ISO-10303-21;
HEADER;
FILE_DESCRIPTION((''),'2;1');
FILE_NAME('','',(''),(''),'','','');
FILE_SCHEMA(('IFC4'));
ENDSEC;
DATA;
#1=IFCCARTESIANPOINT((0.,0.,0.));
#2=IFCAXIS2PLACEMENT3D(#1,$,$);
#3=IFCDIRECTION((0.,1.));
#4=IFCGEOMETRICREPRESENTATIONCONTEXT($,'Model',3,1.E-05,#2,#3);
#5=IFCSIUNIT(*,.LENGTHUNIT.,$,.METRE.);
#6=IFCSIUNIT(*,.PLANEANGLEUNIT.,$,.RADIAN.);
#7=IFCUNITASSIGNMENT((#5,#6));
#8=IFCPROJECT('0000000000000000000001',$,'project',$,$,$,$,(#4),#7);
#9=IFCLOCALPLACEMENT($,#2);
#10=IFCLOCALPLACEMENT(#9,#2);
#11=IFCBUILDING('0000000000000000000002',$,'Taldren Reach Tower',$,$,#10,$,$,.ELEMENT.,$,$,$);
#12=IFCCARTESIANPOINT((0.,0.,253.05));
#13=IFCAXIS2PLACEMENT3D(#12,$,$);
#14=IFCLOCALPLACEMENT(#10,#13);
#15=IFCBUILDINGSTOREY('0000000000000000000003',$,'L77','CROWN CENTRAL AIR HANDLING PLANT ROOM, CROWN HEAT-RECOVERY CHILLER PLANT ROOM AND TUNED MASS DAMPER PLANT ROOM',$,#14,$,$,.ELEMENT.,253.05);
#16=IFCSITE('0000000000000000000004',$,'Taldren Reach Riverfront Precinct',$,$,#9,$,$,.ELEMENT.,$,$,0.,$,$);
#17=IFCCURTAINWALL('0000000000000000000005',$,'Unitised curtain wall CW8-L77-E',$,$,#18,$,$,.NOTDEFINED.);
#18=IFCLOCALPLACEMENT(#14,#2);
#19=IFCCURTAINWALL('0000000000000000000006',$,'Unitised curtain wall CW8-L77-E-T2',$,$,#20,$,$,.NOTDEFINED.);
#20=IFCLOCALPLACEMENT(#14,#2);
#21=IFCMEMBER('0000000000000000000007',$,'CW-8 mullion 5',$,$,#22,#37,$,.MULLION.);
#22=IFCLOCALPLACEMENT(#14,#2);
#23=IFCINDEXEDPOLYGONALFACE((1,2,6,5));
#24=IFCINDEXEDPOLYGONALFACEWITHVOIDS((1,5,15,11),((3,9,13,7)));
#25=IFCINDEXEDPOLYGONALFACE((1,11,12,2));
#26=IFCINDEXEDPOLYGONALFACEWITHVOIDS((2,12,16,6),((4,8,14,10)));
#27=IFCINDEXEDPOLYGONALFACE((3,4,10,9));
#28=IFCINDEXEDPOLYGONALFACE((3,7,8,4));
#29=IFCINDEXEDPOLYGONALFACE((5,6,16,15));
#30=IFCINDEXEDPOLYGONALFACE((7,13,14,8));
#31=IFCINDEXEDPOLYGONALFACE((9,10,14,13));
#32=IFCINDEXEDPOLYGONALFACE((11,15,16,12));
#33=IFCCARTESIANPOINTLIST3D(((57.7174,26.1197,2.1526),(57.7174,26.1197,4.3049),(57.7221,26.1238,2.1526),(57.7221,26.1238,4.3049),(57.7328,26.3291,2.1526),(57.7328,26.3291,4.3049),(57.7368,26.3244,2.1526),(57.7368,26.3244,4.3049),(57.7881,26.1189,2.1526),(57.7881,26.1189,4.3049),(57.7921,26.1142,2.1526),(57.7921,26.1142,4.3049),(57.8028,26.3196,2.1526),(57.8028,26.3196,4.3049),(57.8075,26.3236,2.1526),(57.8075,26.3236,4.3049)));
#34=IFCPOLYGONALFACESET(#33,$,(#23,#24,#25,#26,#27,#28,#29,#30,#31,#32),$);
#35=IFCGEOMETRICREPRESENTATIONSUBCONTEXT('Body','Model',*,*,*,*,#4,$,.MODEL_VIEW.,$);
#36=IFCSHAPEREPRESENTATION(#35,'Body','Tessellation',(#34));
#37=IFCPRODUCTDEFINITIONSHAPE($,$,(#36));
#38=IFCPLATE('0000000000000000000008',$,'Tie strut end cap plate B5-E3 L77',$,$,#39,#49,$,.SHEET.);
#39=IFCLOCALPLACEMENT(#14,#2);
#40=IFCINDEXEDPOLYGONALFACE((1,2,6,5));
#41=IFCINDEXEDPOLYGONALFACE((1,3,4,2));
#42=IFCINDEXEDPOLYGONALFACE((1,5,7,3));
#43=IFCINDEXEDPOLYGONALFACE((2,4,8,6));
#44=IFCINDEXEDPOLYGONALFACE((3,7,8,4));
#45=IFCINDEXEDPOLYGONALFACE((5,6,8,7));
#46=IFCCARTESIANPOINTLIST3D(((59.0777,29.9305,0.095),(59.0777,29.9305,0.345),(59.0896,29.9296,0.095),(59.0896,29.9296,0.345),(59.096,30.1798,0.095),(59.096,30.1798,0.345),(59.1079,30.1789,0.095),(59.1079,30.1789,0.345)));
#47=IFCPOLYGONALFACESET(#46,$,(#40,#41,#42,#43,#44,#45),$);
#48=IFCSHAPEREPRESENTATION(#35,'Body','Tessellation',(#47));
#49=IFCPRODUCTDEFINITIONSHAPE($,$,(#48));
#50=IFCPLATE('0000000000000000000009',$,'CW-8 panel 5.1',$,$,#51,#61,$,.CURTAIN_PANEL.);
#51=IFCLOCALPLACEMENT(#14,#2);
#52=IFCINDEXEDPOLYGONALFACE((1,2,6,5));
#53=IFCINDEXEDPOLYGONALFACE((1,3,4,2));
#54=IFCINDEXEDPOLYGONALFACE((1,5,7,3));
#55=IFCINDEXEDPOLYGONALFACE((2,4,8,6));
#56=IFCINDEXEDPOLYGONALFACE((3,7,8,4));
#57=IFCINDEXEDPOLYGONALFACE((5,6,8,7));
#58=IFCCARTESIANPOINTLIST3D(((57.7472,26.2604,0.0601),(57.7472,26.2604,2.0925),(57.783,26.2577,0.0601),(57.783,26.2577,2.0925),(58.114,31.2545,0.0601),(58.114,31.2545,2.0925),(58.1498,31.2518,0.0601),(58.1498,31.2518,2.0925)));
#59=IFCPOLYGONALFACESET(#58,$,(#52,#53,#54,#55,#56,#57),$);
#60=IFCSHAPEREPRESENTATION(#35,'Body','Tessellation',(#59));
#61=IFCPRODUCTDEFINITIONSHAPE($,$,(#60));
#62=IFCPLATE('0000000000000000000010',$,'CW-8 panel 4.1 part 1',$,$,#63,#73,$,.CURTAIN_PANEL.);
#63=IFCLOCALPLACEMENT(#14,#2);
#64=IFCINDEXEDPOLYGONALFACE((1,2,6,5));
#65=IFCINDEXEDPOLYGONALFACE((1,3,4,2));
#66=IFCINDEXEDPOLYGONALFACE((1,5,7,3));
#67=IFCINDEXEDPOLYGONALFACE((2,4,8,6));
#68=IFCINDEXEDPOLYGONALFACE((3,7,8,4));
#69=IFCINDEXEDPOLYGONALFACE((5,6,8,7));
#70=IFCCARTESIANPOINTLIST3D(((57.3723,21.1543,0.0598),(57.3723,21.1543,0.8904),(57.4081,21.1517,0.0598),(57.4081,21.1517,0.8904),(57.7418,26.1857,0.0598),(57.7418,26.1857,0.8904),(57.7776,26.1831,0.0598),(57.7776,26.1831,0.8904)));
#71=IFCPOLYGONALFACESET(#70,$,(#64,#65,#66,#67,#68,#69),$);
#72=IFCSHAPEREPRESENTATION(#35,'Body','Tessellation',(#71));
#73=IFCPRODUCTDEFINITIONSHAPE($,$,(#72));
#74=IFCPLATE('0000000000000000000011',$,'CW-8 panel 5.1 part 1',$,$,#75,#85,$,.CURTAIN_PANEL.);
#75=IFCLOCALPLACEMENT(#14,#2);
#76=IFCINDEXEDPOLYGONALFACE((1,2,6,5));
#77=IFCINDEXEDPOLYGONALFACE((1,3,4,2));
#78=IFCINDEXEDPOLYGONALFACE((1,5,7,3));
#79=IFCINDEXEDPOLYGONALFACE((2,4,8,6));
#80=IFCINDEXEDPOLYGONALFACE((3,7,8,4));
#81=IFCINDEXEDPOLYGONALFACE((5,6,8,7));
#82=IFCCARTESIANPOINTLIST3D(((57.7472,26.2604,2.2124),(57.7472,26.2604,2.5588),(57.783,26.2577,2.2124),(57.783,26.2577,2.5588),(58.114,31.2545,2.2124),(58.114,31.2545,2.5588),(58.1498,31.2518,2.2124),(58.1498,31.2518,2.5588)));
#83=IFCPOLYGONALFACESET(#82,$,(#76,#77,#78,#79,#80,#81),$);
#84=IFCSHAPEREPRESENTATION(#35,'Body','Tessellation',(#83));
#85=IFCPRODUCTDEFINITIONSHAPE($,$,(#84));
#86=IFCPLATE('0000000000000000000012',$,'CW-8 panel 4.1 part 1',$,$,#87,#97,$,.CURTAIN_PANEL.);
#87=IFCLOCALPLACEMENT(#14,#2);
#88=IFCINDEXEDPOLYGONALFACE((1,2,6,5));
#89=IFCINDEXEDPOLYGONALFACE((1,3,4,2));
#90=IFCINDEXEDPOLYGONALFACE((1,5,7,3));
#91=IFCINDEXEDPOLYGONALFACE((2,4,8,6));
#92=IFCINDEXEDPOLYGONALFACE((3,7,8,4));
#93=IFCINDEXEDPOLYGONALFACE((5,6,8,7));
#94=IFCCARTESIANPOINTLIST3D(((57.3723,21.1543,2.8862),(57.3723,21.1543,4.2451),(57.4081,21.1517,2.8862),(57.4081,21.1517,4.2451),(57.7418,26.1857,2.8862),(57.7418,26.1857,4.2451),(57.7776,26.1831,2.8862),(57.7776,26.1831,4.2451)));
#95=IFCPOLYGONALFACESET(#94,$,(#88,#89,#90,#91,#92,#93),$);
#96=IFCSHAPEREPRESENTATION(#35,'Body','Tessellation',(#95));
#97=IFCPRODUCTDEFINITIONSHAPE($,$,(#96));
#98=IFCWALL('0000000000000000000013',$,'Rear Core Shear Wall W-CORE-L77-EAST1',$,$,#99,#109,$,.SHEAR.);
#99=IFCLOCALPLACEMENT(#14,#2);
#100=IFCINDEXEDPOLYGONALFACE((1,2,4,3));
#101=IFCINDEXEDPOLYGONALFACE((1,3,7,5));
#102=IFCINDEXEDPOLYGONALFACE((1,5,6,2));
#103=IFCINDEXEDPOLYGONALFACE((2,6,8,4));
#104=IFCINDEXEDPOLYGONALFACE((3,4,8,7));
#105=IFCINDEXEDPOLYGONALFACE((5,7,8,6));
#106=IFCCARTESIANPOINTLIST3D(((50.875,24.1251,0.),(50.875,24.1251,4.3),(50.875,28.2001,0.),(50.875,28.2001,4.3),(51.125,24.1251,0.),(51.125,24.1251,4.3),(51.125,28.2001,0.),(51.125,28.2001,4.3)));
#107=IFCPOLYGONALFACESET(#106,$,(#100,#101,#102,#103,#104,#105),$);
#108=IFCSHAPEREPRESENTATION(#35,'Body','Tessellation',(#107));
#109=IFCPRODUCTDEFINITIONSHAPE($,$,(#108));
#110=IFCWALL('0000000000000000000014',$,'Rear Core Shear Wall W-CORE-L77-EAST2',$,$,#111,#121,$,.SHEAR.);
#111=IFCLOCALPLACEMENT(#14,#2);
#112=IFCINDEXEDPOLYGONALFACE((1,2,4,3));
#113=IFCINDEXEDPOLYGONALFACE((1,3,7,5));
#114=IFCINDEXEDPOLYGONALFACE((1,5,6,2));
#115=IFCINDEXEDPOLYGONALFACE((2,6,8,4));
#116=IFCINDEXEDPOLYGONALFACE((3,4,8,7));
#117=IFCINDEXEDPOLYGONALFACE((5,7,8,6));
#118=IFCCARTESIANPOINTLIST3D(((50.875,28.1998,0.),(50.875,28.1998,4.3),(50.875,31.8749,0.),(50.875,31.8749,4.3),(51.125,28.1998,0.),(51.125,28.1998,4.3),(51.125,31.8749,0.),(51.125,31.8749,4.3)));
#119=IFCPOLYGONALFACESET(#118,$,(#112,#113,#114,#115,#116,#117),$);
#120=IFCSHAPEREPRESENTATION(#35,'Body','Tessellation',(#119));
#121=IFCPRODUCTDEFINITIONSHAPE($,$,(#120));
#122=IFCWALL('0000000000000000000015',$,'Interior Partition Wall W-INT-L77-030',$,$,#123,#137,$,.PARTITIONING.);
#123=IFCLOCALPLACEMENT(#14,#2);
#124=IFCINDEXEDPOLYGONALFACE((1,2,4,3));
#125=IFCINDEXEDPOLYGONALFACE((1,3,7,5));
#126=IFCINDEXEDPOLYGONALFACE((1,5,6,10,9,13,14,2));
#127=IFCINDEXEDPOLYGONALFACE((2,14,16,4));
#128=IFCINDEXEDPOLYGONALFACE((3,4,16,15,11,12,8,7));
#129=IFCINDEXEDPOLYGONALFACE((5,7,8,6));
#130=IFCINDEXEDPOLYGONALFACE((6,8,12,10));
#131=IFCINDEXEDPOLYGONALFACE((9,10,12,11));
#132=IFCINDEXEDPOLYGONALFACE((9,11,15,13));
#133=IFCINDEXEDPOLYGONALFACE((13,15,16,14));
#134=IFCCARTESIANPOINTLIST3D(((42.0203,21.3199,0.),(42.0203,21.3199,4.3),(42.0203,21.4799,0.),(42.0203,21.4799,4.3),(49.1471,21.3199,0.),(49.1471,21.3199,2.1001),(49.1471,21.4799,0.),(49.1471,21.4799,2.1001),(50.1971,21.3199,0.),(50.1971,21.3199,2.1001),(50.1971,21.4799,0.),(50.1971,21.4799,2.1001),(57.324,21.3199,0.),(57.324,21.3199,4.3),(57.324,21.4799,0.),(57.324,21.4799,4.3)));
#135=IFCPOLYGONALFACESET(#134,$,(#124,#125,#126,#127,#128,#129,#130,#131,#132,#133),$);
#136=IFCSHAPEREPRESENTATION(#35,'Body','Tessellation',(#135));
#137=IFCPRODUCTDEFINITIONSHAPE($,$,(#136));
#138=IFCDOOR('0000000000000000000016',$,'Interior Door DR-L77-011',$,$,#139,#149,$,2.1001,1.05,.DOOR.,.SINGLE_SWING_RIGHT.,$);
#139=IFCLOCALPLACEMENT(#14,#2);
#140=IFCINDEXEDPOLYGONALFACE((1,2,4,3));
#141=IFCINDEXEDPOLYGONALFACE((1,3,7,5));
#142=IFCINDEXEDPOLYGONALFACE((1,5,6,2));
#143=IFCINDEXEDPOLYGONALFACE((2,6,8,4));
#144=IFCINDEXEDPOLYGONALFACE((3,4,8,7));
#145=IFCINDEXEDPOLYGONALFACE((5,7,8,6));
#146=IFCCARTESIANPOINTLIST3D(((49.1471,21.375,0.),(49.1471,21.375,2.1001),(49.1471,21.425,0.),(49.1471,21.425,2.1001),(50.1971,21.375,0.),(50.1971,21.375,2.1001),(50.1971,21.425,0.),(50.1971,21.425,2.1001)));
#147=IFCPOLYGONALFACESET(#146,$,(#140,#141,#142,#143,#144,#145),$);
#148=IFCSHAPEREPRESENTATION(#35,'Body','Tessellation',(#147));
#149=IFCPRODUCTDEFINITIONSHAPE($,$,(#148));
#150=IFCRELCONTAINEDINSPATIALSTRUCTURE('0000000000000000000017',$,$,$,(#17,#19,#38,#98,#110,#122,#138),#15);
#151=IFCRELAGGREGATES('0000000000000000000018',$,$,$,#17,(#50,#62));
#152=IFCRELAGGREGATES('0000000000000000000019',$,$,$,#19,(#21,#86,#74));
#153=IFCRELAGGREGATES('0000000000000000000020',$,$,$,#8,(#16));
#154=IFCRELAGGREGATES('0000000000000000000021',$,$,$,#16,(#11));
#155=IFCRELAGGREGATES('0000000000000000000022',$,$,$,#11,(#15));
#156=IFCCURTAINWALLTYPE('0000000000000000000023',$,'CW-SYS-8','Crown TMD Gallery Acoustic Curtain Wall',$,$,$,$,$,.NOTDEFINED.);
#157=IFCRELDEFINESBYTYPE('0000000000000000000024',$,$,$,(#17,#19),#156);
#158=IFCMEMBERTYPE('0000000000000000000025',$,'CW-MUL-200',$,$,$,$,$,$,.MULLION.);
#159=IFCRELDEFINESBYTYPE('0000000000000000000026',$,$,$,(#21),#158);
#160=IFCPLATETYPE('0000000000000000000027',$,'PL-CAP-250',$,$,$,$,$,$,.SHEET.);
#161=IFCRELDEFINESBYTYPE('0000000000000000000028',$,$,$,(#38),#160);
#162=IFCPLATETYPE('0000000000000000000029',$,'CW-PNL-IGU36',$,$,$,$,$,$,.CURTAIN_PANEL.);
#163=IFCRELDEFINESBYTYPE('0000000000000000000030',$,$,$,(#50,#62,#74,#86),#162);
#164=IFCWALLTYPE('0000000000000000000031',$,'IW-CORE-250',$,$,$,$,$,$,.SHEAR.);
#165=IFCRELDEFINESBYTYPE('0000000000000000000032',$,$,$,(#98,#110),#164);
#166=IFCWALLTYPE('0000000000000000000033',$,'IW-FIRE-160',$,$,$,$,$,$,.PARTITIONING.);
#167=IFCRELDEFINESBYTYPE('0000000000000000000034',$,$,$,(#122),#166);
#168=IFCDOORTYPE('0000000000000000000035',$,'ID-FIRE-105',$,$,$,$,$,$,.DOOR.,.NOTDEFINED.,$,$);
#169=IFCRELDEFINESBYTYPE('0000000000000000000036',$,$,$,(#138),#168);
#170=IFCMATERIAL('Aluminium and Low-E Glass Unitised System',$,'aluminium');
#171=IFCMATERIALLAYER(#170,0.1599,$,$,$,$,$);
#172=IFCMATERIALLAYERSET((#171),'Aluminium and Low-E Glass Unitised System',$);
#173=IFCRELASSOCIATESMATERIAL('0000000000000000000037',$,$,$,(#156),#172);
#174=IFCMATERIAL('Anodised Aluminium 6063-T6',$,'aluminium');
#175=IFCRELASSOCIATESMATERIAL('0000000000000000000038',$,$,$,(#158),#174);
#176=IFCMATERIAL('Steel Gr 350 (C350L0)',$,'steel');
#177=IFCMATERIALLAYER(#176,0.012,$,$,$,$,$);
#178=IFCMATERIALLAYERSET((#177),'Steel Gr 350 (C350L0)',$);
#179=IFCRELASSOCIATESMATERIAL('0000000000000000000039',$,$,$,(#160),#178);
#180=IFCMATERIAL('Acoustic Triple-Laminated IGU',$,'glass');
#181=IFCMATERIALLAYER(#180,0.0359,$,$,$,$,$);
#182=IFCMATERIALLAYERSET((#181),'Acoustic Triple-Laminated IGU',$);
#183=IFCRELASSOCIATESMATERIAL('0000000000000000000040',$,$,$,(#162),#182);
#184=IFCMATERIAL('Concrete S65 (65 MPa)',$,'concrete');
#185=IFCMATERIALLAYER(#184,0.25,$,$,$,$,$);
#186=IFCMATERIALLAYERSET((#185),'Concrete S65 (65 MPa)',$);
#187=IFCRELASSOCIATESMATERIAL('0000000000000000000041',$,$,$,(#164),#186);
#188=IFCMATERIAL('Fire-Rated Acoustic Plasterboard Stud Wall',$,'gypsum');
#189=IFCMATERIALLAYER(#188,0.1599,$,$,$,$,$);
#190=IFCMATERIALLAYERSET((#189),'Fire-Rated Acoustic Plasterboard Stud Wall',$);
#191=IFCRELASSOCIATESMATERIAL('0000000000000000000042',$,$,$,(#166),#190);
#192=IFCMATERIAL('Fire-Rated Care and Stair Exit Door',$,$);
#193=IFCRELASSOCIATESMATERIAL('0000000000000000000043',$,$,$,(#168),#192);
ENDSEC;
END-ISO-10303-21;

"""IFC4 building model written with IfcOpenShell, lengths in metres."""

from ifc_helpers import new_model, si_unit, direction, frame, frame_2d, origin, origin_2d, place, context, subcontext, project, spatial, rectangle, hollow_rectangle, extrude, source, transform, mapped, material, layer, layer_set, material_profile, profile_set, type_object, element, fill, aggregate, save


model = new_model("IFC4")

# Units and contexts
model_context = context("Model", 3, precision=1e-05, world=origin(), true_north=direction((0.0, 1.0)))
body_context = subcontext(model_context, "Body", "Model", "MODEL_VIEW")
ifc_project = project(units=[si_unit("LENGTHUNIT", "METRE"), si_unit("PLANEANGLEUNIT", "RADIAN")], contexts=[model_context])

# Site, building, storey
site_placement = place(None, origin())
site = spatial("IfcSite", under=ifc_project, at=site_placement, Name="Taldren Reach Riverfront Precinct", CompositionType="ELEMENT", RefElevation=0.0)
building_placement = place(site_placement, origin())
building = spatial("IfcBuilding", under=site, at=building_placement, Name="Taldren Reach Tower", CompositionType="ELEMENT")
storey_placement = place(building_placement, frame((0.0, 0.0, 253.05)))
storey = spatial("IfcBuildingStorey", under=building, at=storey_placement, Name="L77", Description="CROWN CENTRAL AIR HANDLING PLANT ROOM, CROWN HEAT-RECOVERY CHILLER PLANT ROOM AND TUNED MASS DAMPER PLANT ROOM", CompositionType="ELEMENT", Elevation=253.05)

# Shared definitions
ifc_material_1 = material(Name="Steel Gr 350 (C350L0)", Category="steel")

# Curtain walls
ifc_material_2 = material(Name="Aluminium and Low-E Glass Unitised System", Category="aluminium")
ifc_layer_1 = layer(ifc_material_2, 0.1599)
ifc_layer_set_1 = layer_set([ifc_layer_1], Name="Aluminium and Low-E Glass Unitised System")
curtain_wall_type = type_object("IfcCurtainWallType", Name="CW-SYS-8", Description="Crown TMD Gallery Acoustic Curtain Wall", PredefinedType="NOTDEFINED", material=ifc_layer_set_1)
curtain_wall_1_placement = place(storey_placement, origin())
curtain_wall_1 = element("IfcCurtainWall", 1, at=curtain_wall_1_placement, inside=storey, type_object=curtain_wall_type, Name="Unitised curtain wall CW8-L77-E", PredefinedType="NOTDEFINED")
ifc_material_3 = material(Name="Anodised Aluminium 6063-T6", Category="aluminium")
ifc_material_profile_1 = material_profile(ifc_material_3, hollow_rectangle(XDim=0.075, YDim=0.21, WallThickness=0.0044, at=origin_2d()), Name="ALU-210x75x4.5RHS")
ifc_profile_set_1 = profile_set([ifc_material_profile_1], Name="Anodised Aluminium 6063-T6")
member_type_1 = type_object("IfcMemberType", Name="CW-MUL-200", PredefinedType="MULLION", material=ifc_profile_set_1)
curtain_wall_2_placement = place(storey_placement, origin())
curtain_wall_2 = element("IfcCurtainWall", 2, at=curtain_wall_2_placement, inside=storey, type_object=curtain_wall_type, Name="Unitised curtain wall CW8-L77-E-T2", PredefinedType="NOTDEFINED")

# Member
shared_shape_1 = source(origin(), body_context, "Body", "SweptSolid", [
    extrude(hollow_rectangle(XDim=0.075, YDim=0.21, WallThickness=0.0044, at=origin_2d()), origin(), (0.0, 0.0, 1.0), 2.1523),
])
member_1_placement = place(storey_placement, frame((57.7625, 26.2217, 2.1526), z_axis=(0.0, 0.0, 1.0), x_axis=(-0.997314, 0.073238, 0.0)))
member_1 = element("IfcMember", 3, at=member_1_placement, type_object=member_type_1, Name="CW-8 mullion 5", PredefinedType="MULLION", context=body_context, shape_type="MappedRepresentation", body=[
    mapped(shared_shape_1, transform((0.0, 0.0, 0.0), scale=1.0)),
])

# Plates
ifc_layer_2 = layer(ifc_material_1, 0.012)
ifc_layer_set_2 = layer_set([ifc_layer_2], Name="Steel Gr 350 (C350L0)")
plate_type_1 = type_object("IfcPlateType", Name="PL-CAP-250", PredefinedType="SHEET", material=ifc_layer_set_2)
shared_shape_2 = source(origin(), body_context, "Body", "SweptSolid", [
    extrude(rectangle(XDim=0.012, YDim=0.25, at=origin_2d()), origin(), (0.0, 0.0, 1.0), 0.25),
])
plate_1_placement = place(storey_placement, frame((59.0928, 30.0547, 0.095), z_axis=(0.0, 0.0, 1.0), x_axis=(0.997314, -0.073238, 0.0)))
element("IfcPlate", 4, at=plate_1_placement, inside=storey, type_object=plate_type_1, Name="Tie strut end cap plate B5-E3 L77", PredefinedType="SHEET", context=body_context, shape_type="MappedRepresentation", body=[
    mapped(shared_shape_2, transform((0.0, 0.0, 0.0), scale=1.0)),
])
ifc_material_4 = material(Name="Acoustic Triple-Laminated IGU", Category="glass")
ifc_layer_3 = layer(ifc_material_4, 0.0359)
ifc_layer_set_3 = layer_set([ifc_layer_3], Name="Acoustic Triple-Laminated IGU")
plate_type_2 = type_object("IfcPlateType", Name="CW-PNL-IGU36", PredefinedType="CURTAIN_PANEL", material=ifc_layer_set_3)
shared_shape_3 = source(origin(), body_context, "Body", "SweptSolid", [
    extrude(rectangle(XDim=5.0076, YDim=0.0359, at=origin_2d()), origin(), (0.0, 0.0, 1.0), 2.0325),
])
plate_2_placement = place(storey_placement, frame((57.9485, 28.7561, 0.0601), z_axis=(0.0, 0.0, 1.0), x_axis=(0.073238, 0.997314, 0.0)))
plate_2 = element("IfcPlate", 5, at=plate_2_placement, type_object=plate_type_2, Name="CW-8 panel 5.1", PredefinedType="CURTAIN_PANEL", context=body_context, shape_type="MappedRepresentation", body=[
    mapped(shared_shape_3, transform((0.0, 0.0, 0.0), scale=1.0)),
])
shared_shape_4 = source(origin(), body_context, "Body", "SweptSolid", [
    extrude(rectangle(XDim=5.0449, YDim=0.0359, at=origin_2d()), origin(), (0.0, 0.0, 1.0), 0.8306),
])
plate_3_placement = place(storey_placement, frame((57.575, 23.6687, 0.0598), z_axis=(0.0, 0.0, 1.0), x_axis=(0.073238, 0.997314, 0.0)))
plate_3 = element("IfcPlate", 6, at=plate_3_placement, type_object=plate_type_2, Name="CW-8 panel 4.1 part 1", PredefinedType="CURTAIN_PANEL", context=body_context, shape_type="MappedRepresentation", body=[
    mapped(shared_shape_4, transform((0.0, 0.0, 0.0), scale=1.0)),
])
aggregate(curtain_wall_1, [plate_2, plate_3])
shared_shape_5 = source(origin(), body_context, "Body", "SweptSolid", [
    extrude(rectangle(XDim=5.0076, YDim=0.0359, at=origin_2d()), origin(), (0.0, 0.0, 1.0), 0.3464),
])
plate_4_placement = place(storey_placement, frame((57.9485, 28.7561, 2.2124), z_axis=(0.0, 0.0, 1.0), x_axis=(0.073238, 0.997314, 0.0)))
plate_4 = element("IfcPlate", 7, at=plate_4_placement, type_object=plate_type_2, Name="CW-8 panel 5.1 part 1", PredefinedType="CURTAIN_PANEL", context=body_context, shape_type="MappedRepresentation", body=[
    mapped(shared_shape_5, transform((0.0, 0.0, 0.0), scale=1.0)),
])
shared_shape_6 = source(origin(), body_context, "Body", "SweptSolid", [
    extrude(rectangle(XDim=5.0449, YDim=0.0359, at=origin_2d()), origin(), (0.0, 0.0, 1.0), 1.3589),
])
plate_5_placement = place(storey_placement, frame((57.575, 23.6687, 2.8862), z_axis=(0.0, 0.0, 1.0), x_axis=(0.073238, 0.997314, 0.0)))
plate_5 = element("IfcPlate", 8, at=plate_5_placement, type_object=plate_type_2, Name="CW-8 panel 4.1 part 1", PredefinedType="CURTAIN_PANEL", context=body_context, shape_type="MappedRepresentation", body=[
    mapped(shared_shape_6, transform((0.0, 0.0, 0.0), scale=1.0)),
])
aggregate(curtain_wall_2, [member_1, plate_5, plate_4])

# Walls
ifc_material_5 = material(Name="Concrete S65 (65 MPa)", Category="concrete")
ifc_layer_4 = layer(ifc_material_5, 0.25)
ifc_layer_set_4 = layer_set([ifc_layer_4], Name="Concrete S65 (65 MPa)")
wall_type_1 = type_object("IfcWallType", Name="IW-CORE-250", PredefinedType="SHEAR", material=ifc_layer_set_4)
shared_shape_7 = source(origin(), body_context, "Body", "SweptSolid", [
    extrude(rectangle(XDim=4.075, YDim=0.25, at=frame_2d((2.0376, 0.0))), origin(), (0.0, 0.0, 1.0), 4.3),
])
wall_1_placement = place(storey_placement, frame((51.0, 24.125, 0.0), z_axis=(0.0, 0.0, 1.0), x_axis=(0.0, 1.0, 0.0)))
element("IfcWall", 9, at=wall_1_placement, inside=storey, type_object=wall_type_1, Name="Rear Core Shear Wall W-CORE-L77-EAST1", PredefinedType="SHEAR", context=body_context, shape_type="MappedRepresentation", body=[
    mapped(shared_shape_7, transform((0.0, 0.0, 0.0), scale=1.0)),
])
shared_shape_8 = source(origin(), body_context, "Body", "SweptSolid", [
    extrude(rectangle(XDim=3.675, YDim=0.25, at=frame_2d((1.8374, 0.0))), origin(), (0.0, 0.0, 1.0), 4.3),
])
wall_2_placement = place(storey_placement, frame((51.0, 28.2, 0.0), z_axis=(0.0, 0.0, 1.0), x_axis=(0.0, 1.0, 0.0)))
element("IfcWall", 10, at=wall_2_placement, inside=storey, type_object=wall_type_1, Name="Rear Core Shear Wall W-CORE-L77-EAST2", PredefinedType="SHEAR", context=body_context, shape_type="MappedRepresentation", body=[
    mapped(shared_shape_8, transform((0.0, 0.0, 0.0), scale=1.0)),
])

# Wall, opening, door
ifc_material_6 = material(Name="Fire-Rated Acoustic Plasterboard Stud Wall", Category="gypsum")
ifc_layer_5 = layer(ifc_material_6, 0.1599)
ifc_layer_set_5 = layer_set([ifc_layer_5], Name="Fire-Rated Acoustic Plasterboard Stud Wall")
wall_type_2 = type_object("IfcWallType", Name="IW-FIRE-160", PredefinedType="PARTITIONING", material=ifc_layer_set_5)
shared_shape_9 = source(origin(), body_context, "Body", "SweptSolid", [
    extrude(rectangle(XDim=15.3037, YDim=0.1599, at=frame_2d((7.6519, 0.0))), origin(), (0.0, 0.0, 1.0), 4.3),
])
wall_3_placement = place(storey_placement, frame((57.324, 21.3999, 0.0), z_axis=(0.0, 0.0, 1.0), x_axis=(-1.0, 0.0, 0.0)))
wall_3 = element("IfcWall", 11, at=wall_3_placement, inside=storey, type_object=wall_type_2, Name="Interior Partition Wall W-INT-L77-030", PredefinedType="PARTITIONING", context=body_context, shape_type="MappedRepresentation", body=[
    mapped(shared_shape_9, transform((0.0, 0.0, 0.0), scale=1.0)),
])
shared_shape_10 = source(origin(), body_context, "Body", "SweptSolid", [
    extrude(rectangle(XDim=1.05, YDim=2.1001, at=frame_2d((0.5249, 1.05))), frame((0.0, 0.0898, 0.0), z_axis=(0.0, -1.0, 0.0), x_axis=(1.0, 0.0, 0.0)), (0.0, 0.0, 1.0), 0.1799),
])
opening_1_placement = place(wall_3_placement, frame((7.127, 0.0, 0.0)))
opening_1 = element("IfcOpeningElement", 12, at=opening_1_placement, cuts=wall_3, PredefinedType="OPENING", context=body_context, shape_type="MappedRepresentation", body=[
    mapped(shared_shape_10, transform((0.0, 0.0, 0.0), scale=1.0)),
])
ifc_material_7 = material(Name="Fire-Rated Care and Stair Exit Door")
door_type = type_object("IfcDoorType", Name="ID-FIRE-105", OperationType="NOTDEFINED", PredefinedType="DOOR", material=ifc_material_7)
shared_shape_11 = source(origin(), body_context, "Body", "SweptSolid", [
    extrude(rectangle(XDim=1.05, YDim=2.1001, at=frame_2d((0.5249, 1.05))), frame((0.0, 0.0249, 0.0), z_axis=(0.0, -1.0, 0.0), x_axis=(1.0, 0.0, 0.0)), (0.0, 0.0, 1.0), 0.05),
])
door_1_placement = place(opening_1_placement, origin())
door_1 = element("IfcDoor", 13, at=door_1_placement, inside=storey, type_object=door_type, Name="Interior Door DR-L77-011", OperationType="SINGLE_SWING_RIGHT", OverallHeight=2.1001, OverallWidth=1.05, PredefinedType="DOOR", context=body_context, shape_type="MappedRepresentation", body=[
    mapped(shared_shape_11, transform((0.0, 0.0, 0.0), scale=1.0)),
])
fill(opening_1, door_1)

save(model, "model.ifc")
